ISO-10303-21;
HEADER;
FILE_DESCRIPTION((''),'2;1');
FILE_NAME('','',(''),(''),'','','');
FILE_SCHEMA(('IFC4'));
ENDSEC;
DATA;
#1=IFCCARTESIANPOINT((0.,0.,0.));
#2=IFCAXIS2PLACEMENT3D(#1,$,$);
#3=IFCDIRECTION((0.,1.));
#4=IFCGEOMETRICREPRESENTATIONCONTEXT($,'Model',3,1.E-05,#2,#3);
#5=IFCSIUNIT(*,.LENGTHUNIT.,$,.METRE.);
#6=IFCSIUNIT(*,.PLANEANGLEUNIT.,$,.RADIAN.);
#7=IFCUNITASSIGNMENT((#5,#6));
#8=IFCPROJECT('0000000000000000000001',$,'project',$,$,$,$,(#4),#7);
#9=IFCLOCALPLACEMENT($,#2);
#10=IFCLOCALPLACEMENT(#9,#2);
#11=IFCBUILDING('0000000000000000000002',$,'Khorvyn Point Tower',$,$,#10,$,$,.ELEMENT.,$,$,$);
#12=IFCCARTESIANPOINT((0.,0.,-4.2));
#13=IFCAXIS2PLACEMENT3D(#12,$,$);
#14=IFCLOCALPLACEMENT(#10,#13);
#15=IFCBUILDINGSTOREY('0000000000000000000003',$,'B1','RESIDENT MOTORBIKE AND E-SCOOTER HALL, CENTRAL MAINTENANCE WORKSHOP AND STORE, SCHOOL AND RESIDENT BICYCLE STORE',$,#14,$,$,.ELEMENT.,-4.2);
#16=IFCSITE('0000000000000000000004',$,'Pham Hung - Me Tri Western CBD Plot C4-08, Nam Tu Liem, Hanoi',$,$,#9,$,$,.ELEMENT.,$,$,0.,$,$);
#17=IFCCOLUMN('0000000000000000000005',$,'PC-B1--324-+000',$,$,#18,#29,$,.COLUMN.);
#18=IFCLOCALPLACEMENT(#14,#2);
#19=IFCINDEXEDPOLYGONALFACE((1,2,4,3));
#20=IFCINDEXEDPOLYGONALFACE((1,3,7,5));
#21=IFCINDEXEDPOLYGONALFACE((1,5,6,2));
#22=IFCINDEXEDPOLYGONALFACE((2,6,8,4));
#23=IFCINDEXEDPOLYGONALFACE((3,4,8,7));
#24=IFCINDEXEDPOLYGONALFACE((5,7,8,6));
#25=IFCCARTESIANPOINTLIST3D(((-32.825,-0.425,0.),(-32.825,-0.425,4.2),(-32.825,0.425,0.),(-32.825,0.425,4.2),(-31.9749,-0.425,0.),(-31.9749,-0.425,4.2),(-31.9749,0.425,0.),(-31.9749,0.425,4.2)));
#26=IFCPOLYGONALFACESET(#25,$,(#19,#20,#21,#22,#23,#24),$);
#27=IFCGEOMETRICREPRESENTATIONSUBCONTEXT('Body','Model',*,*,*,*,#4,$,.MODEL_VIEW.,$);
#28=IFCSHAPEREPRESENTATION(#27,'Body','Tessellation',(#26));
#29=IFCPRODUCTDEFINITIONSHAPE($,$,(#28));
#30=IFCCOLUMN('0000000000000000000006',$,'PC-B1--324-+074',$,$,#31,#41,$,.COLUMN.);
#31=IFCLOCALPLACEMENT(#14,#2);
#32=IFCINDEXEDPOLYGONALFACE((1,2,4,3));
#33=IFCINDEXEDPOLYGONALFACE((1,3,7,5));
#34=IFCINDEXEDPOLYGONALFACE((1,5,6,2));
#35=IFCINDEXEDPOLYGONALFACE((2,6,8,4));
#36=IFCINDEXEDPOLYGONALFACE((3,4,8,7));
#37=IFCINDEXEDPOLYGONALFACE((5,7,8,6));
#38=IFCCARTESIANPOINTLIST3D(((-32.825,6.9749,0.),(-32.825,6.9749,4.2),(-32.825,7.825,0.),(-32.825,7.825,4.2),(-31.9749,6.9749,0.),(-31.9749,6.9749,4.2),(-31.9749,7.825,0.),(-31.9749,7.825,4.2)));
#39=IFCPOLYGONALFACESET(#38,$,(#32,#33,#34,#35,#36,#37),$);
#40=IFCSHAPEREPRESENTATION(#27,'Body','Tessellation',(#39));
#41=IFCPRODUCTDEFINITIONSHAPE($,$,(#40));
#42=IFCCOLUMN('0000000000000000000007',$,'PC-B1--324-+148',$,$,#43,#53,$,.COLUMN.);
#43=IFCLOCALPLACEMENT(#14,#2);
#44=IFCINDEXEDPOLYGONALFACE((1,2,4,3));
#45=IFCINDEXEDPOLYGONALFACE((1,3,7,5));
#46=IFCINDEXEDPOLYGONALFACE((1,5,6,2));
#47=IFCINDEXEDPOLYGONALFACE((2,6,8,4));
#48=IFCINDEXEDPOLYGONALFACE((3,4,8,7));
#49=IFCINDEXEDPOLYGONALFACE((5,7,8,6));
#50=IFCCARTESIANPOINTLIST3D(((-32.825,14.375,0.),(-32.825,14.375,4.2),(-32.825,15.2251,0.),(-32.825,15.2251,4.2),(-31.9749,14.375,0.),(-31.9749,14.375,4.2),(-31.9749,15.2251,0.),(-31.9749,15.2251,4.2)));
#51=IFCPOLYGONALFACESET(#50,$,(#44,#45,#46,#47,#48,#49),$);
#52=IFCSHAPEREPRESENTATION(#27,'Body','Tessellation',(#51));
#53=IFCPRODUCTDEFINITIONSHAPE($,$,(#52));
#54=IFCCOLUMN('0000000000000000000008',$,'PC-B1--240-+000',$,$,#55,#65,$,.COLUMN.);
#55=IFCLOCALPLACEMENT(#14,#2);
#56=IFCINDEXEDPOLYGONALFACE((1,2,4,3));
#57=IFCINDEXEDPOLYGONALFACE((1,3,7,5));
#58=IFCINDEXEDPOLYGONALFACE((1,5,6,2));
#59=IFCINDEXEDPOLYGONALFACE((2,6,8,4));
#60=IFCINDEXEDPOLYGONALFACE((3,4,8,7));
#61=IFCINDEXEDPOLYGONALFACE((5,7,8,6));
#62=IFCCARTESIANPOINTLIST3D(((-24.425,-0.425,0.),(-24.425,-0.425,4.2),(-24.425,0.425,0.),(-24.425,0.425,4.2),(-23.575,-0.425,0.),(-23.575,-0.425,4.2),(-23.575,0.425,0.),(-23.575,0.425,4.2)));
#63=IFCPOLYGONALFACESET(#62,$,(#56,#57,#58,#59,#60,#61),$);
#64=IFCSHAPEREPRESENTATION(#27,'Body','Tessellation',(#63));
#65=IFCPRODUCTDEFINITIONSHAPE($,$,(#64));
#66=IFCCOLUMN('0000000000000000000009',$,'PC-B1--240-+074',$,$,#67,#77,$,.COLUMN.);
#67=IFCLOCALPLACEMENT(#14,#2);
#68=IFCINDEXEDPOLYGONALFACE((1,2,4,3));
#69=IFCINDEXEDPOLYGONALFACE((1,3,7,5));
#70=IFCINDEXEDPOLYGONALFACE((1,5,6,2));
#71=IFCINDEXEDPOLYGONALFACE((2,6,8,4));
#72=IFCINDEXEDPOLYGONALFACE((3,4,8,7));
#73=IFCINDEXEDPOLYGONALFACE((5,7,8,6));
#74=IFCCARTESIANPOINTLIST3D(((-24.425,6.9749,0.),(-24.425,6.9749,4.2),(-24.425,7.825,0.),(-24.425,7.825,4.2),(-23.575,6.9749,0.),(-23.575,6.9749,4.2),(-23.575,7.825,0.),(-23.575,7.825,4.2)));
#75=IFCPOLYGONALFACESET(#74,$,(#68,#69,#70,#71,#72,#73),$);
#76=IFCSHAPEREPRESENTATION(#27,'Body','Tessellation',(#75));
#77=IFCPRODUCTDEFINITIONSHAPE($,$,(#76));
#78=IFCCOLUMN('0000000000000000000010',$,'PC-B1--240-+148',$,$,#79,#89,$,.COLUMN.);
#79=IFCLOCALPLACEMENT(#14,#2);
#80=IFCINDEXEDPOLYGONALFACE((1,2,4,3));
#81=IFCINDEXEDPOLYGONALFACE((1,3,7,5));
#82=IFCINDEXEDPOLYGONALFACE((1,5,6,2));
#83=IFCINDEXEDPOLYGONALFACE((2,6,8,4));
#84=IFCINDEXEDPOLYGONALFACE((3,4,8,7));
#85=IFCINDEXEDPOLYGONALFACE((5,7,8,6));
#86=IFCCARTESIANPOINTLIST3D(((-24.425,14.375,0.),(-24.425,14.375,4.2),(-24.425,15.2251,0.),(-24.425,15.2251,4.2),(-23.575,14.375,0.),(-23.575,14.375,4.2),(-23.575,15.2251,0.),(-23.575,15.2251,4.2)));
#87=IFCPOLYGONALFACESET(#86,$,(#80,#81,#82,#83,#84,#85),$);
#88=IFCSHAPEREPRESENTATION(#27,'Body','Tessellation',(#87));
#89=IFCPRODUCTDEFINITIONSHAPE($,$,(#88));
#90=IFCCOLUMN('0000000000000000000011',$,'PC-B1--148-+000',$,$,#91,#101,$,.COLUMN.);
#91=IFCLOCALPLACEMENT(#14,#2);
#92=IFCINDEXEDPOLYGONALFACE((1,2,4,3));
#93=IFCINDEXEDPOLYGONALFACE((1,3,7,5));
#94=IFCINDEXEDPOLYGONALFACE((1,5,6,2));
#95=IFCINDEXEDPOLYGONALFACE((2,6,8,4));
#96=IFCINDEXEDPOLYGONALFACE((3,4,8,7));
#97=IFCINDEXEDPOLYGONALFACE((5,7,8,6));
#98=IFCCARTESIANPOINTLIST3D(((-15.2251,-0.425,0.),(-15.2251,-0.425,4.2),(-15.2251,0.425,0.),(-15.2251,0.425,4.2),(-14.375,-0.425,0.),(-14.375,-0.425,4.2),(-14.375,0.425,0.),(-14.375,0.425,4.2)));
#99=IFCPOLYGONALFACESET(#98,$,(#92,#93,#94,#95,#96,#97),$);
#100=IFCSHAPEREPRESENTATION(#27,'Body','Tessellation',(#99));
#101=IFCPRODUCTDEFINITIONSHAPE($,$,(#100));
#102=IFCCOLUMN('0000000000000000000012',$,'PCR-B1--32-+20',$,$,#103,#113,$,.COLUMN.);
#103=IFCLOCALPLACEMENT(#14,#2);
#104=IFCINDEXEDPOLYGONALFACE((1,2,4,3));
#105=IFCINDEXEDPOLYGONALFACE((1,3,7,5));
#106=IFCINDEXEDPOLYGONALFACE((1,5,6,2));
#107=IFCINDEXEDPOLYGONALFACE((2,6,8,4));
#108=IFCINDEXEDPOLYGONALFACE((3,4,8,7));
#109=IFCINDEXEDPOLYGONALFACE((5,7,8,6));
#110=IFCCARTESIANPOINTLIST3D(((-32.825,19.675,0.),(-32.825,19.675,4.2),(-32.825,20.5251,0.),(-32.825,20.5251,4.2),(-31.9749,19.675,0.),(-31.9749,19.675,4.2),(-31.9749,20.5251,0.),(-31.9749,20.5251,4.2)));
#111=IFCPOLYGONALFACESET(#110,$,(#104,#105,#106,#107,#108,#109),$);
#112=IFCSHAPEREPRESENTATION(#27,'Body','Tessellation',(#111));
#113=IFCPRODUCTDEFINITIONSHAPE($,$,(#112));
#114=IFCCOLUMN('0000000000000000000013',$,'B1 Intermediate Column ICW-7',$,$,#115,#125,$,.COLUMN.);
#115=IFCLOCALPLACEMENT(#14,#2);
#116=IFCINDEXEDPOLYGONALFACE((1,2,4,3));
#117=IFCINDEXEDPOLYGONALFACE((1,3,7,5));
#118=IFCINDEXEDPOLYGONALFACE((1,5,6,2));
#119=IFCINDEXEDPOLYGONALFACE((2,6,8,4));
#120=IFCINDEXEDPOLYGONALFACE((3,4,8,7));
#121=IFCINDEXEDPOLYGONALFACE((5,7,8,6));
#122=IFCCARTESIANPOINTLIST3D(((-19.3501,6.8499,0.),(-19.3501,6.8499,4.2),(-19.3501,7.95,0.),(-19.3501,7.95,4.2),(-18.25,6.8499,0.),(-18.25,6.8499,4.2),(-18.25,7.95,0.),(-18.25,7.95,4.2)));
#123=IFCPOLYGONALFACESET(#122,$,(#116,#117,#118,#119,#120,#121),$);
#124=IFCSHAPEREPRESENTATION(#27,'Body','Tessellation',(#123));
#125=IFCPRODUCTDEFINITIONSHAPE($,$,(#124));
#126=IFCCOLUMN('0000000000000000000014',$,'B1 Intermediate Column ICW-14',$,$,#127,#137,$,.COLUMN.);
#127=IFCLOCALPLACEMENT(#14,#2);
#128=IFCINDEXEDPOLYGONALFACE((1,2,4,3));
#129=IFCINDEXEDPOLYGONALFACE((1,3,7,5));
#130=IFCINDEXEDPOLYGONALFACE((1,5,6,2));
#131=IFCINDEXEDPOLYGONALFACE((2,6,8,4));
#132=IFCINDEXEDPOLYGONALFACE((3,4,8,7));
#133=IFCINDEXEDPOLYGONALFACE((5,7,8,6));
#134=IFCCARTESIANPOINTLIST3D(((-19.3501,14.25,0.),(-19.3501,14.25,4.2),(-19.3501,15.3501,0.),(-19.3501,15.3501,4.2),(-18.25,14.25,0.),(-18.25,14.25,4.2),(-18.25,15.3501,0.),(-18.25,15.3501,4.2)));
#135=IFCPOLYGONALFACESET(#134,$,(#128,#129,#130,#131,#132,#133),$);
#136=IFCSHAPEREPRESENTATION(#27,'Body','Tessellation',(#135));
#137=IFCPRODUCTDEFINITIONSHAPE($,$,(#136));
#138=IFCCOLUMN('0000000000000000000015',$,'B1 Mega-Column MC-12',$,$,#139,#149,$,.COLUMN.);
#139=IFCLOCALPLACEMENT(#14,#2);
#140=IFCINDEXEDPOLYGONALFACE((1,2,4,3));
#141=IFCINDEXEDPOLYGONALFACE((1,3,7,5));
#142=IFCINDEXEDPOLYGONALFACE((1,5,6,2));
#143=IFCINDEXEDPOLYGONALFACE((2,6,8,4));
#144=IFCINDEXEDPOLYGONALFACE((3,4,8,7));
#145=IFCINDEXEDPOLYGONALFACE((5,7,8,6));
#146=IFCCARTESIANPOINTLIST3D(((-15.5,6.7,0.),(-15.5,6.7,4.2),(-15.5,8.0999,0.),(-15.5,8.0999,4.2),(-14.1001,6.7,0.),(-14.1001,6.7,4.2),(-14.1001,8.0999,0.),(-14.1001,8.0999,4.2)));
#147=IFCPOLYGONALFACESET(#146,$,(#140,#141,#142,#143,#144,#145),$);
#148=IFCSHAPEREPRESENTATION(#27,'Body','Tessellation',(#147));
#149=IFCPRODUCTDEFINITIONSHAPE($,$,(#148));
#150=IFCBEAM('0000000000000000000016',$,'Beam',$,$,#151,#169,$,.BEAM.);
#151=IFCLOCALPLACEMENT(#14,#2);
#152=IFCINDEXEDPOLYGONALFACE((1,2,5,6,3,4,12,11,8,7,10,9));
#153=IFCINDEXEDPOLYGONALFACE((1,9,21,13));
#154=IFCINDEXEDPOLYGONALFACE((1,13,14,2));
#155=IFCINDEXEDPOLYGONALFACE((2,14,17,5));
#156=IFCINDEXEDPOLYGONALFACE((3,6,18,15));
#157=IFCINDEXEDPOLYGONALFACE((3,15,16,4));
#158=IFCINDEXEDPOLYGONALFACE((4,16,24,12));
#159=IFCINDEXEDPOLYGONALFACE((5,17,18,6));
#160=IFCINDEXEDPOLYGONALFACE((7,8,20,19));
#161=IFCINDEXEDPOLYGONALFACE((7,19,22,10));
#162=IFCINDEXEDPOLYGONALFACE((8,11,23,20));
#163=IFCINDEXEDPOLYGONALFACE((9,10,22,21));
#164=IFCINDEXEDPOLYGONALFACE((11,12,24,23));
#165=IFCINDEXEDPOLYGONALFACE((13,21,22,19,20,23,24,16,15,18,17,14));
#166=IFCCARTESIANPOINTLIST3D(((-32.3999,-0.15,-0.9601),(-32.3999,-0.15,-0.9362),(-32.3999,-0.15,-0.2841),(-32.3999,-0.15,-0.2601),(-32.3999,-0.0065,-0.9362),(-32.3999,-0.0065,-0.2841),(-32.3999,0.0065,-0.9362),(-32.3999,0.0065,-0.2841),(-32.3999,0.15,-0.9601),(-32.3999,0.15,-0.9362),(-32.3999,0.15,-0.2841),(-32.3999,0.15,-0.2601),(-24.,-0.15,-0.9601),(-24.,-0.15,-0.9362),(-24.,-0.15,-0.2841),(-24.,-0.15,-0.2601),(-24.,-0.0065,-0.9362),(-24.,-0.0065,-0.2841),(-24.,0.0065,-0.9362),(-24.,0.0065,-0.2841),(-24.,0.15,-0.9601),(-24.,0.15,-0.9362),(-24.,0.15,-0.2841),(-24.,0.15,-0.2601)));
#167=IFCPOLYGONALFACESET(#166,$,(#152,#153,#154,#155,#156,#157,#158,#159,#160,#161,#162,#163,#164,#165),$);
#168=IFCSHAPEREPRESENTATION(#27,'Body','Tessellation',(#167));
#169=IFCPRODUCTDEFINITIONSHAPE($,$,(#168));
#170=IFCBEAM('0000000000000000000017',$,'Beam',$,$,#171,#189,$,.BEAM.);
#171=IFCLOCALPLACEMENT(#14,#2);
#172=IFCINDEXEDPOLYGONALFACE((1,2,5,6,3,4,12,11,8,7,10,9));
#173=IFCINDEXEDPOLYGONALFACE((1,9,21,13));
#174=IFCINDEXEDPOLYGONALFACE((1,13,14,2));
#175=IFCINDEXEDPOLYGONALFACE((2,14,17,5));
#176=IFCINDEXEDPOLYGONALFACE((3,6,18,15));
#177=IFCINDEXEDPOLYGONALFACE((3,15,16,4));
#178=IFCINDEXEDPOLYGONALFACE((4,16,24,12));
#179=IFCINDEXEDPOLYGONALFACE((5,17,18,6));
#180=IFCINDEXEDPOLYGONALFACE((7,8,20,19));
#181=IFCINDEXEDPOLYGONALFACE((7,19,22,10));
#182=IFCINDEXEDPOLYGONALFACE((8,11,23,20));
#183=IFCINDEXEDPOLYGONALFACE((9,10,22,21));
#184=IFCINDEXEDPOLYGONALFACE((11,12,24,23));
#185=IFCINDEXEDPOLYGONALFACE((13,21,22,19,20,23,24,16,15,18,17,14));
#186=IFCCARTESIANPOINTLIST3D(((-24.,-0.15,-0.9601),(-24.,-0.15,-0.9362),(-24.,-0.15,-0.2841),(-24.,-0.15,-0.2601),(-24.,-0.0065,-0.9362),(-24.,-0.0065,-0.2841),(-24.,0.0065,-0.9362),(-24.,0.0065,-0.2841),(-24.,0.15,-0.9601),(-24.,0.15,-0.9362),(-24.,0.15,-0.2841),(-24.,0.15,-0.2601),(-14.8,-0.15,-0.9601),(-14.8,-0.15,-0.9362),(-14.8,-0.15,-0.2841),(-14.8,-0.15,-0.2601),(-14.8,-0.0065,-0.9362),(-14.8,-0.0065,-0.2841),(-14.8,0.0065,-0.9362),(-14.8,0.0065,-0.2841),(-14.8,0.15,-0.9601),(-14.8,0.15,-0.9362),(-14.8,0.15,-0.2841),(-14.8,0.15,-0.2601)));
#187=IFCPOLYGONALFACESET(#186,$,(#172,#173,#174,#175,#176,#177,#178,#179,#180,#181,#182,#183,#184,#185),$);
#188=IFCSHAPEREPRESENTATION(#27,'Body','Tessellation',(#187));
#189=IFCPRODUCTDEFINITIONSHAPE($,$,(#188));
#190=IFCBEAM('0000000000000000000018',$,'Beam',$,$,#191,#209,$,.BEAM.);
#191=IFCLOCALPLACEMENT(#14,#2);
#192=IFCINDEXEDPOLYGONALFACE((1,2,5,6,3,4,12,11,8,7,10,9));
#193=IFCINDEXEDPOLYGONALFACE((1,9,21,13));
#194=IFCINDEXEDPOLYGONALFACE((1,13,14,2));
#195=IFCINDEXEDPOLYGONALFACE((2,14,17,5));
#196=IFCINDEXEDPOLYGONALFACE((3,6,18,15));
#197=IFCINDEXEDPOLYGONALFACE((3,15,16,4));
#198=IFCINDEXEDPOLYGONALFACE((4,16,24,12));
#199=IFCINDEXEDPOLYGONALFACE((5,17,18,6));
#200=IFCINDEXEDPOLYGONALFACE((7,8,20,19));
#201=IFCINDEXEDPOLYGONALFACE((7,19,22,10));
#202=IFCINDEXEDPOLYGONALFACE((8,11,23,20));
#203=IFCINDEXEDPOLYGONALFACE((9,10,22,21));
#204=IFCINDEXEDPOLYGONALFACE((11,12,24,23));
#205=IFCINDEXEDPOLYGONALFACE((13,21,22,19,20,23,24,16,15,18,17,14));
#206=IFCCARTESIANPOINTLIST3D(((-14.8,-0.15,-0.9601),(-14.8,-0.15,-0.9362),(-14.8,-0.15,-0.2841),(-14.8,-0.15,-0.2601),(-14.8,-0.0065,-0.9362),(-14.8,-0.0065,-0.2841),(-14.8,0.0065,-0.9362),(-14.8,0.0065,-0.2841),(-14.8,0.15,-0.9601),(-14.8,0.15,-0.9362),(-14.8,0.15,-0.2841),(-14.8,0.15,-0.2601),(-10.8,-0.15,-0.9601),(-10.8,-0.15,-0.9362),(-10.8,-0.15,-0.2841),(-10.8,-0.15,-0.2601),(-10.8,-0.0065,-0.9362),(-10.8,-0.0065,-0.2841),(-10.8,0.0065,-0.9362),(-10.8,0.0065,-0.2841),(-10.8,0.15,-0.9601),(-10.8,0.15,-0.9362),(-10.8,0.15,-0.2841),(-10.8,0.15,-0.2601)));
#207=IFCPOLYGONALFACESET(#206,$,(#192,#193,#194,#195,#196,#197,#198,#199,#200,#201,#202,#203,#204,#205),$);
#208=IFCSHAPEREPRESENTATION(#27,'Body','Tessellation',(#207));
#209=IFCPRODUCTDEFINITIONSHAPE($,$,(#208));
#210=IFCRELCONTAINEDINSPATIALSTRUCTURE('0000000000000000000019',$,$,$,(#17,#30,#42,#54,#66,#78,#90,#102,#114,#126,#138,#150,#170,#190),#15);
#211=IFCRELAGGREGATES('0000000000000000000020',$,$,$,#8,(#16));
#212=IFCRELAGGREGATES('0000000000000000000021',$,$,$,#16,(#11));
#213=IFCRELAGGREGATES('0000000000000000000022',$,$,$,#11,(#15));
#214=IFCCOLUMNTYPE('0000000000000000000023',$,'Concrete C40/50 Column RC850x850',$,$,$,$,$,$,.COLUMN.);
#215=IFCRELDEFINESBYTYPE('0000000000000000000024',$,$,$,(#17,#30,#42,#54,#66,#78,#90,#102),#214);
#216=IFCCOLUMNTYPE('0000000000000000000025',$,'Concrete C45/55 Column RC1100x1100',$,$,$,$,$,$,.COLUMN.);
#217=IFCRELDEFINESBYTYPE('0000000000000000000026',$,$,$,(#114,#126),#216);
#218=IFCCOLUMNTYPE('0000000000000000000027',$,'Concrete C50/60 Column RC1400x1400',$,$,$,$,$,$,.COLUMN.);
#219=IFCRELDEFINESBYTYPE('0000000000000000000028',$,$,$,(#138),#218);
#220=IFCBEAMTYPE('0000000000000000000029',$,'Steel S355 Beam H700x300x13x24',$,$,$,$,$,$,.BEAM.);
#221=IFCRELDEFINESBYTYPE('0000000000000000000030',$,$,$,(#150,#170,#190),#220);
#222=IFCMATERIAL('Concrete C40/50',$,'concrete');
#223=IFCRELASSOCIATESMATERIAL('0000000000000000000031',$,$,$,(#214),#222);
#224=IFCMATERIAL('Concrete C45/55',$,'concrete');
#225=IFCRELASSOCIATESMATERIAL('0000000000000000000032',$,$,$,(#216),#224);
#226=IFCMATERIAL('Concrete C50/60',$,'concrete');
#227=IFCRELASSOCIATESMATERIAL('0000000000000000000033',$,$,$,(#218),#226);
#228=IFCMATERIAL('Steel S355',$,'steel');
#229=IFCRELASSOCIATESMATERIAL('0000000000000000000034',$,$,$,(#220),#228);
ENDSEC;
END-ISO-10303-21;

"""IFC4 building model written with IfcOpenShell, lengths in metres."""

from ifc_helpers import new_model, si_unit, direction, frame, origin, origin_2d, place, context, subcontext, project, spatial, rectangle, i_section, extrude, material, material_profile, profile_set, type_object, element, save


model = new_model("IFC4")

# Units and contexts
model_context = context("Model", 3, precision=1e-05, world=origin(), true_north=direction((0.0, 1.0)))
body_context = subcontext(model_context, "Body", "Model", "MODEL_VIEW")
ifc_project = project(units=[si_unit("LENGTHUNIT", "METRE"), si_unit("PLANEANGLEUNIT", "RADIAN")], contexts=[model_context])

# Site, building, storey
site_placement = place(None, origin())
site = spatial("IfcSite", under=ifc_project, at=site_placement, Name="Pham Hung - Me Tri Western CBD Plot C4-08, Nam Tu Liem, Hanoi", CompositionType="ELEMENT", RefElevation=0.0)
building_placement = place(site_placement, origin())
building = spatial("IfcBuilding", under=site, at=building_placement, Name="Khorvyn Point Tower", CompositionType="ELEMENT")
storey_placement = place(building_placement, frame((0.0, 0.0, -4.2)))
storey = spatial("IfcBuildingStorey", under=building, at=storey_placement, Name="B1", Description="RESIDENT MOTORBIKE AND E-SCOOTER HALL, CENTRAL MAINTENANCE WORKSHOP AND STORE, SCHOOL AND RESIDENT BICYCLE STORE", CompositionType="ELEMENT", Elevation=-4.2)

# Columns
ifc_material_1 = material(Name="Concrete C40/50", Category="concrete")
ifc_material_profile_1 = material_profile(ifc_material_1, rectangle(XDim=0.8501, YDim=0.8501, at=origin_2d()))
ifc_profile_set_1 = profile_set([ifc_material_profile_1], Name="Concrete C40/50 RC850x850")
column_type_1 = type_object("IfcColumnType", Name="Concrete C40/50 Column RC850x850", PredefinedType="COLUMN", material=ifc_profile_set_1)
for number, where, z_axis, x_axis, name in (
    (1, (-32.3999, 0.0, 0.0), (0.0, 0.0, 1.0), (1.0, 0.0, 0.0), "PC-B1--324-+000"),
    (2, (-32.3999, 7.3999, 0.0), (0.0, 0.0, 1.0), (1.0, 0.0, 0.0), "PC-B1--324-+074"),
    (3, (-32.3999, 14.8, 0.0), (0.0, 0.0, 1.0), (1.0, 0.0, 0.0), "PC-B1--324-+148"),
    (4, (-24.0, 0.0, 0.0), (0.0, 0.0, 1.0), (1.0, 0.0, 0.0), "PC-B1--240-+000"),
    (5, (-24.0, 7.3999, 0.0), (0.0, 0.0, 1.0), (1.0, 0.0, 0.0), "PC-B1--240-+074"),
    (6, (-24.0, 14.8, 0.0), (0.0, 0.0, 1.0), (1.0, 0.0, 0.0), "PC-B1--240-+148"),
    (7, (-14.8, 0.0, 0.0), (0.0, 0.0, 1.0), (1.0, 0.0, 0.0), "PC-B1--148-+000"),
    (8, (-32.3999, 20.1001, 0.0), (0.0, 0.0, 1.0), (1.0, 0.0, 0.0), "PCR-B1--32-+20"),
):
    element("IfcColumn", number, at=place(storey_placement, frame(where, z_axis=z_axis, x_axis=x_axis)), inside=storey, type_object=column_type_1, Name=name, PredefinedType="COLUMN", context=body_context, shape_type="SweptSolid", body=[
        extrude(rectangle(XDim=0.8501, YDim=0.8501, at=origin_2d()), origin(), (0.0, 0.0, 1.0), 4.2),
    ])
ifc_material_2 = material(Name="Concrete C45/55", Category="concrete")
ifc_material_profile_2 = material_profile(ifc_material_2, rectangle(XDim=1.1001, YDim=1.1001, at=origin_2d()))
ifc_profile_set_2 = profile_set([ifc_material_profile_2], Name="Concrete C45/55 RC1100x1100")
column_type_2 = type_object("IfcColumnType", Name="Concrete C45/55 Column RC1100x1100", PredefinedType="COLUMN", material=ifc_profile_set_2)
for number, where, z_axis, x_axis, name in (
    (9, (-18.8, 7.3999, 0.0), (0.0, 0.0, 1.0), (1.0, 0.0, 0.0), "B1 Intermediate Column ICW-7"),
    (10, (-18.8, 14.8, 0.0), (0.0, 0.0, 1.0), (1.0, 0.0, 0.0), "B1 Intermediate Column ICW-14"),
):
    element("IfcColumn", number, at=place(storey_placement, frame(where, z_axis=z_axis, x_axis=x_axis)), inside=storey, type_object=column_type_2, Name=name, PredefinedType="COLUMN", context=body_context, shape_type="SweptSolid", body=[
        extrude(rectangle(XDim=1.1001, YDim=1.1001, at=origin_2d()), origin(), (0.0, 0.0, 1.0), 4.2),
    ])
ifc_material_3 = material(Name="Concrete C50/60", Category="concrete")
ifc_material_profile_3 = material_profile(ifc_material_3, rectangle(XDim=1.3999, YDim=1.3999, at=origin_2d()))
ifc_profile_set_3 = profile_set([ifc_material_profile_3], Name="Concrete C50/60 RC1400x1400")
column_type_3 = type_object("IfcColumnType", Name="Concrete C50/60 Column RC1400x1400", PredefinedType="COLUMN", material=ifc_profile_set_3)
column_placement = place(storey_placement, frame((-14.8, 7.3999, 0.0), z_axis=(0.0, 0.0, 1.0), x_axis=(1.0, 0.0, 0.0)))
element("IfcColumn", 11, at=column_placement, inside=storey, type_object=column_type_3, Name="B1 Mega-Column MC-12", PredefinedType="COLUMN", context=body_context, shape_type="SweptSolid", body=[
    extrude(rectangle(XDim=1.3999, YDim=1.3999, at=origin_2d()), origin(), (0.0, 0.0, 1.0), 4.2),
])

# Beams
ifc_material_4 = material(Name="Steel S355", Category="steel")
ifc_material_profile_4 = material_profile(ifc_material_4, i_section(OverallWidth=0.3, OverallDepth=0.7, WebThickness=0.0129, FlangeThickness=0.0239, at=origin_2d()))
ifc_profile_set_4 = profile_set([ifc_material_profile_4], Name="Steel S355 H700x300x13x24")
beam_type_1 = type_object("IfcBeamType", Name="Steel S355 Beam H700x300x13x24", PredefinedType="BEAM", material=ifc_profile_set_4)
beam_1_placement = place(storey_placement, frame((-32.3999, 0.0, -0.6101), z_axis=(1.0, 0.0, 0.0), x_axis=(0.0, 1.0, 0.0)))
element("IfcBeam", 12, at=beam_1_placement, inside=storey, type_object=beam_type_1, Name="Beam", PredefinedType="BEAM", context=body_context, shape_type="SweptSolid", body=[
    extrude(i_section(OverallWidth=0.3, OverallDepth=0.7, WebThickness=0.0129, FlangeThickness=0.0239, at=origin_2d()), origin(), (0.0, 0.0, 1.0), 8.3999),
])
beam_2_placement = place(storey_placement, frame((-24.0, 0.0, -0.6101), z_axis=(1.0, 0.0, 0.0), x_axis=(0.0, 1.0, 0.0)))
element("IfcBeam", 13, at=beam_2_placement, inside=storey, type_object=beam_type_1, Name="Beam", PredefinedType="BEAM", context=body_context, shape_type="SweptSolid", body=[
    extrude(i_section(OverallWidth=0.3, OverallDepth=0.7, WebThickness=0.0129, FlangeThickness=0.0239, at=origin_2d()), origin(), (0.0, 0.0, 1.0), 9.2),
])
beam_3_placement = place(storey_placement, frame((-14.8, 0.0, -0.6101), z_axis=(1.0, 0.0, 0.0), x_axis=(0.0, 1.0, 0.0)))
element("IfcBeam", 14, at=beam_3_placement, inside=storey, type_object=beam_type_1, Name="Beam", PredefinedType="BEAM", context=body_context, shape_type="SweptSolid", body=[
    extrude(i_section(OverallWidth=0.3, OverallDepth=0.7, WebThickness=0.0129, FlangeThickness=0.0239, at=origin_2d()), origin(), (0.0, 0.0, 1.0), 4.0),
])

save(model, "model.ifc")
